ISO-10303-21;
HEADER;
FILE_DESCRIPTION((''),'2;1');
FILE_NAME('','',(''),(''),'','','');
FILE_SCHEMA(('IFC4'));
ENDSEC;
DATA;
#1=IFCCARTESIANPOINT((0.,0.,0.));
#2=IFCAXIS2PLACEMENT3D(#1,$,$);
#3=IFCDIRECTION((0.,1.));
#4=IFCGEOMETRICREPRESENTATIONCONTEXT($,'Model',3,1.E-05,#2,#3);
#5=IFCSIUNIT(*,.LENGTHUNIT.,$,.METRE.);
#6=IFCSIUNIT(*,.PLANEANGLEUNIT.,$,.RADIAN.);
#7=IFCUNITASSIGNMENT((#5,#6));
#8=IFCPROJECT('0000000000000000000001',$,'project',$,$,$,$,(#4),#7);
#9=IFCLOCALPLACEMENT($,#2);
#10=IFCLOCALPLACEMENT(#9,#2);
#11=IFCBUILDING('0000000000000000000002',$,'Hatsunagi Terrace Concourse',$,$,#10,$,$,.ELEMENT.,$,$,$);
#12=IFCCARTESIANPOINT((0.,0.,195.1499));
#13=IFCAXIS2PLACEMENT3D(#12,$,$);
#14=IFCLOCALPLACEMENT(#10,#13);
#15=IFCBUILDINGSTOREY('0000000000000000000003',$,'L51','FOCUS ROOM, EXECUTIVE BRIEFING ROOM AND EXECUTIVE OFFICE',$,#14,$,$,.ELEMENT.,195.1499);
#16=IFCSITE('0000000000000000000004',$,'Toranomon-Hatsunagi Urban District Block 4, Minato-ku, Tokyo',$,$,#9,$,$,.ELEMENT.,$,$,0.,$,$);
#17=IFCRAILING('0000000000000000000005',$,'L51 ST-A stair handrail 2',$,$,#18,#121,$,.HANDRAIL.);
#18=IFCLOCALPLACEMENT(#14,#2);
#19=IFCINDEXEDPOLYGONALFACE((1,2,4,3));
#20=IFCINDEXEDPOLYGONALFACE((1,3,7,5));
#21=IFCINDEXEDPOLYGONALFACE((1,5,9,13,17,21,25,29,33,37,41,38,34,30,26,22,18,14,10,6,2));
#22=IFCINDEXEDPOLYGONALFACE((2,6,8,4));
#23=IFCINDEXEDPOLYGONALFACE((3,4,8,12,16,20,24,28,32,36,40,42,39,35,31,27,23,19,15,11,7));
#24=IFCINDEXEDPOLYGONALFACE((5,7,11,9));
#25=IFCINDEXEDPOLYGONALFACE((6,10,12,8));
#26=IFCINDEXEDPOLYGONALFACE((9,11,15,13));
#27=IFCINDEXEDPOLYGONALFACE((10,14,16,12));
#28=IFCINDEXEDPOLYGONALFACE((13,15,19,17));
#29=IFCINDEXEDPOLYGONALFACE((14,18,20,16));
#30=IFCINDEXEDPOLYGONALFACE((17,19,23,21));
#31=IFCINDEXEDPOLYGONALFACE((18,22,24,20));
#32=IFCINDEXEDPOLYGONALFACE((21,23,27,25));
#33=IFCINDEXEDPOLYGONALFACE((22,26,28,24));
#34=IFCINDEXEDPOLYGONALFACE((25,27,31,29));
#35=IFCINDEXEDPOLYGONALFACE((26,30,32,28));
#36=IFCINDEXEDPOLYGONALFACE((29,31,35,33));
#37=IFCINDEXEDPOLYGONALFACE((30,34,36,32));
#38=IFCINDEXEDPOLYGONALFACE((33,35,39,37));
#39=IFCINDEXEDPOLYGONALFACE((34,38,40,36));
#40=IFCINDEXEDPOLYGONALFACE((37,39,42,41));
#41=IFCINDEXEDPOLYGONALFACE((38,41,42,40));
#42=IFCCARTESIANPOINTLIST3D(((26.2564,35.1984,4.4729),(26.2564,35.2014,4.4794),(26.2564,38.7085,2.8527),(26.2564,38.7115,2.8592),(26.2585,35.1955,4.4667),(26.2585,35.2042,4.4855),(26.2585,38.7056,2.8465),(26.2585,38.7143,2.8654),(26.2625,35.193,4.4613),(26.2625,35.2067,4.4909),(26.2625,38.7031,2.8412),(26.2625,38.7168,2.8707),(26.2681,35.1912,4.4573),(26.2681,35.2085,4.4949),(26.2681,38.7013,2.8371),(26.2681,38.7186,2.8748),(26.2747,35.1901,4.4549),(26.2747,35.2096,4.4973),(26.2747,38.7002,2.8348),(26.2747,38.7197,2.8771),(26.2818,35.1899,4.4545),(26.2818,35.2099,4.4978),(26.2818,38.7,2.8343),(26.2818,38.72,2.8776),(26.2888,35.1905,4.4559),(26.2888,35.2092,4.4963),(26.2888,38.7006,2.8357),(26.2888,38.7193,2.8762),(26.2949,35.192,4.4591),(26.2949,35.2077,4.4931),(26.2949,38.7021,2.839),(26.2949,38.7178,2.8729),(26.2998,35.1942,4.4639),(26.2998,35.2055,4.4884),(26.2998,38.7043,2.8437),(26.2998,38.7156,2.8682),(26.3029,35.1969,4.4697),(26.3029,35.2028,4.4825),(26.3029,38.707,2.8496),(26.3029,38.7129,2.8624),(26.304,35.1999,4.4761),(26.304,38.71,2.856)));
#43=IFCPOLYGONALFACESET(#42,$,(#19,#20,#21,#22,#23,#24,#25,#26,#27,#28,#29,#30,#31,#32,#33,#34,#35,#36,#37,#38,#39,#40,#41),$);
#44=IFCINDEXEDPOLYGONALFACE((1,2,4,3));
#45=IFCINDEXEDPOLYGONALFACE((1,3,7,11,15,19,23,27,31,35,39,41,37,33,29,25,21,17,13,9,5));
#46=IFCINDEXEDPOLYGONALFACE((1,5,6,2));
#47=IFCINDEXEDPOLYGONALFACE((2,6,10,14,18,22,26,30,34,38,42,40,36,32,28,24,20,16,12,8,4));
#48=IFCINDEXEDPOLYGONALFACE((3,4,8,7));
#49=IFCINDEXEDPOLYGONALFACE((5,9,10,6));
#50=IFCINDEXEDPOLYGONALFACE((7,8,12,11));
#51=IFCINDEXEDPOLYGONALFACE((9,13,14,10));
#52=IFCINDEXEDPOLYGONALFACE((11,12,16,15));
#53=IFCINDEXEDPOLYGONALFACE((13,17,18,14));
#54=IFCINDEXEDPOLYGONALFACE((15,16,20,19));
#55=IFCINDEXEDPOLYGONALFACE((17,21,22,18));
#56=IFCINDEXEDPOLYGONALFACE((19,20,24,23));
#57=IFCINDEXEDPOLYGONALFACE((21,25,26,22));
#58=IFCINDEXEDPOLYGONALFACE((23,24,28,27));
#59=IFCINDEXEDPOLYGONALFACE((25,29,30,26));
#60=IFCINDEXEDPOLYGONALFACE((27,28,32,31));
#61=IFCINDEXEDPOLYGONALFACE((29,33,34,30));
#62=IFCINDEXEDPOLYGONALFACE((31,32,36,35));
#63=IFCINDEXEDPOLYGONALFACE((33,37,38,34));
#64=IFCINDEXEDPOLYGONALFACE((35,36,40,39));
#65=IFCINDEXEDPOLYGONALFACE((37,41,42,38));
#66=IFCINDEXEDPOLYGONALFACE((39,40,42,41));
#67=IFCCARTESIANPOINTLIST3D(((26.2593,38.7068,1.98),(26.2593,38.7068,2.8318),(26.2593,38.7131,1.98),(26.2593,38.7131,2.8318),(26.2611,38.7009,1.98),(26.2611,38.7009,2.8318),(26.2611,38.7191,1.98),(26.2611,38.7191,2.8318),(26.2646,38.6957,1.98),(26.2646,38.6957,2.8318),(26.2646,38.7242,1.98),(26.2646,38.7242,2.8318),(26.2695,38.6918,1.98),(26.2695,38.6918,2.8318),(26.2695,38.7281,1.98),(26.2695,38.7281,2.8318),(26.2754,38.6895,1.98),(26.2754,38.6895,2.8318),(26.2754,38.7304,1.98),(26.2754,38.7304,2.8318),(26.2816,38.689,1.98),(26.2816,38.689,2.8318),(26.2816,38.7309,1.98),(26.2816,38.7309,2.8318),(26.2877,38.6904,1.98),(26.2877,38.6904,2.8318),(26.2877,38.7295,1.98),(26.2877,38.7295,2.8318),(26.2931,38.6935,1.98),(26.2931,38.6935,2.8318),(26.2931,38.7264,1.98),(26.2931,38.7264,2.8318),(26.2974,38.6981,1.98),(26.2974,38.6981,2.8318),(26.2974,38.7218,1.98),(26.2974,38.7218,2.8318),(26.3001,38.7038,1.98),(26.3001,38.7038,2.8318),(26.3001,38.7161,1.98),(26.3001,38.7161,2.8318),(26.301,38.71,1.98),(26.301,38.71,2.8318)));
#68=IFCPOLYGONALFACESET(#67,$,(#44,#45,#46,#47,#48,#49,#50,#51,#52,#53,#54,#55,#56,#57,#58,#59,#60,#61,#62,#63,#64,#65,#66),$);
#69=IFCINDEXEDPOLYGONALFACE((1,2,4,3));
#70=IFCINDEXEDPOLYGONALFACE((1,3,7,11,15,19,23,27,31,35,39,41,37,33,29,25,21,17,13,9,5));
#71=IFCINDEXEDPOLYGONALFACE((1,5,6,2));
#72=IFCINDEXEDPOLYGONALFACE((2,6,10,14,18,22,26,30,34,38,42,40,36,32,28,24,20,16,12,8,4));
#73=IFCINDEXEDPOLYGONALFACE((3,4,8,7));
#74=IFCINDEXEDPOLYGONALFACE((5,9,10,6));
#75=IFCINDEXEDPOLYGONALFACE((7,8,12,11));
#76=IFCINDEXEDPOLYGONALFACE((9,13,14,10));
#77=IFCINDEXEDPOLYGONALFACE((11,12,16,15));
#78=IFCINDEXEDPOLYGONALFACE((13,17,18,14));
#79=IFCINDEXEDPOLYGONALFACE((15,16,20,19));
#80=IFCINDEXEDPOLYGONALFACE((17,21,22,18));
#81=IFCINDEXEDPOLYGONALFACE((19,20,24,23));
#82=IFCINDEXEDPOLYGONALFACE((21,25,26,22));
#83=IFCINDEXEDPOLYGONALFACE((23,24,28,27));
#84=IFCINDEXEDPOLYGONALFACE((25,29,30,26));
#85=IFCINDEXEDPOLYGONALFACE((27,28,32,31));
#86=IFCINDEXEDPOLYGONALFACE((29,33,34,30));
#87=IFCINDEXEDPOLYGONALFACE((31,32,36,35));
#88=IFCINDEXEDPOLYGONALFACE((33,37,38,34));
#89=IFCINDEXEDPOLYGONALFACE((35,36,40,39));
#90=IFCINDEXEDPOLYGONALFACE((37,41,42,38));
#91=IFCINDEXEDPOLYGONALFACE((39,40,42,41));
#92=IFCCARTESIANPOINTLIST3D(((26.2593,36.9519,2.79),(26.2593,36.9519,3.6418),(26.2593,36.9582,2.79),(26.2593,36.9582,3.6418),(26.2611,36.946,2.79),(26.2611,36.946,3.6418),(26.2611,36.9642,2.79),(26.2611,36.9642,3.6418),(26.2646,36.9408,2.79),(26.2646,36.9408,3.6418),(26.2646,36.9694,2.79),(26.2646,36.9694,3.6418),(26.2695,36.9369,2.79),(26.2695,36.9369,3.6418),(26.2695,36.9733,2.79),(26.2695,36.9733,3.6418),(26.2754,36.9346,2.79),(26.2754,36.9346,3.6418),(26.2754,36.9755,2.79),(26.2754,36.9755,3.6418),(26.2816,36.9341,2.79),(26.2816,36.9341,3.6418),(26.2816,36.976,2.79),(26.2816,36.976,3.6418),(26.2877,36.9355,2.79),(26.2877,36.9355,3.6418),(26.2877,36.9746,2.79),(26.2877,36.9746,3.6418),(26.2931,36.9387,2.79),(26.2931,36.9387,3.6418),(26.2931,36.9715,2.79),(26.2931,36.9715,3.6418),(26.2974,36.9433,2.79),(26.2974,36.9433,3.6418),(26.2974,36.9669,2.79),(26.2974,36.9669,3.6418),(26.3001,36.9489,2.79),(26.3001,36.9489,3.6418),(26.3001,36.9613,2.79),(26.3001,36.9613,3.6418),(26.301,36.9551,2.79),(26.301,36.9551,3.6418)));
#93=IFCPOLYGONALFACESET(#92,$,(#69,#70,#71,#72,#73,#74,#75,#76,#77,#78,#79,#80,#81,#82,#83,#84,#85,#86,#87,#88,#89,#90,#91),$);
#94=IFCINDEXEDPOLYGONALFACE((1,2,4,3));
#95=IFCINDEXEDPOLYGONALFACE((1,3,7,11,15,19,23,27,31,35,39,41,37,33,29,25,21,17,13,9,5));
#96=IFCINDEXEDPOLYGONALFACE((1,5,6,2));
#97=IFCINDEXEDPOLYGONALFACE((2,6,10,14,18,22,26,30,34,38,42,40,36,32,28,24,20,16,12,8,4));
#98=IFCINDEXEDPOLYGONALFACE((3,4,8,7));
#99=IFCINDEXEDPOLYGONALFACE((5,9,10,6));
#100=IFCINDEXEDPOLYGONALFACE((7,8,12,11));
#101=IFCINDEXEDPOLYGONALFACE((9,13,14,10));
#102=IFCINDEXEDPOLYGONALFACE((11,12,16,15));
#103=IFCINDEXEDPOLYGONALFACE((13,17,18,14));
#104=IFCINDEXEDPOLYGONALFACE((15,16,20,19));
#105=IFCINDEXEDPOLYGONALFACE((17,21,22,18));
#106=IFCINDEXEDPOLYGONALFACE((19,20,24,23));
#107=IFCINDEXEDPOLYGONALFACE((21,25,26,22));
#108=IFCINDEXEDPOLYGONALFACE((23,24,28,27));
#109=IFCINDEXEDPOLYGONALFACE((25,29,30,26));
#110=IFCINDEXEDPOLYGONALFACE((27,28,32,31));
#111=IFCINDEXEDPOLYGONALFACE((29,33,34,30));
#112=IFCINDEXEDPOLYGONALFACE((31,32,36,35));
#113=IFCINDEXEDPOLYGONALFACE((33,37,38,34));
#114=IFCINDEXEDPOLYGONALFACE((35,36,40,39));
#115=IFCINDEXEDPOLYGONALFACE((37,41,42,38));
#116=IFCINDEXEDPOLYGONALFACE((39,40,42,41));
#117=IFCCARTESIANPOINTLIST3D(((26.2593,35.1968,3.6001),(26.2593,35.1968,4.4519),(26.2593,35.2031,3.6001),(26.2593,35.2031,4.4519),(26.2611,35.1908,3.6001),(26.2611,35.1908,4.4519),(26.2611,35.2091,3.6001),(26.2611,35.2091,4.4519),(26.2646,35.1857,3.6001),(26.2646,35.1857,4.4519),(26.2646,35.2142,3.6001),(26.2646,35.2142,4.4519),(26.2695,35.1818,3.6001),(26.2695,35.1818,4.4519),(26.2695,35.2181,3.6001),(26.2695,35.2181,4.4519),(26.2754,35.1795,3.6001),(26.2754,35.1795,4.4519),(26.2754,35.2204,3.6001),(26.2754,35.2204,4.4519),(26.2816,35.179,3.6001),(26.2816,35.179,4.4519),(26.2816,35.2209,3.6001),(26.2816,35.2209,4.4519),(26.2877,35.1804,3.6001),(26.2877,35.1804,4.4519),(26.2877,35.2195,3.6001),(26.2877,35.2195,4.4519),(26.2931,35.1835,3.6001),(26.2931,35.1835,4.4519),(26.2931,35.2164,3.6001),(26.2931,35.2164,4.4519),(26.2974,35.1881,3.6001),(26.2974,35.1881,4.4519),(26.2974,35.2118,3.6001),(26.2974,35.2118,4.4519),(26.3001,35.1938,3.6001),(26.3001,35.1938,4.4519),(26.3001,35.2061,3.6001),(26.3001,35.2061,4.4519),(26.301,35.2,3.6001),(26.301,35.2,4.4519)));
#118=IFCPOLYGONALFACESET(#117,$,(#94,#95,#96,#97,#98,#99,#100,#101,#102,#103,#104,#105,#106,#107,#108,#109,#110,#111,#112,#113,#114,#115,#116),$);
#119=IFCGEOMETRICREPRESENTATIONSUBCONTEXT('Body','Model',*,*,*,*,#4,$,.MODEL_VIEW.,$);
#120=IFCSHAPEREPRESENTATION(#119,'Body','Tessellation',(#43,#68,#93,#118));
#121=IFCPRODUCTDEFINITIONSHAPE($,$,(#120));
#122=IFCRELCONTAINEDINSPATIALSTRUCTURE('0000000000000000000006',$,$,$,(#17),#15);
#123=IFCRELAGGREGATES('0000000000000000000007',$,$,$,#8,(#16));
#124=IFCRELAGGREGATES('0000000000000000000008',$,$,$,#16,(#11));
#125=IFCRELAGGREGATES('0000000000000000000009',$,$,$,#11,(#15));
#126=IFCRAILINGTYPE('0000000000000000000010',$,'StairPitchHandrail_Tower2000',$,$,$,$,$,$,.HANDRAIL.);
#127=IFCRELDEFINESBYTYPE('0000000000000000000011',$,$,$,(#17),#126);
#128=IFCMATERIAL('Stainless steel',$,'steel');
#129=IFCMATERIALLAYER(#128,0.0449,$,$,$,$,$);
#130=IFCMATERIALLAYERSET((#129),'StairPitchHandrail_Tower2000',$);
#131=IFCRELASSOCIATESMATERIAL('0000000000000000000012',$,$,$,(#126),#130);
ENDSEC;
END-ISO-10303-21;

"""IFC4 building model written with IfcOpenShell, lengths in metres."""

from ifc_helpers import new_model, si_unit, direction, frame, origin, origin_2d, place, context, subcontext, project, spatial, circle, extrude, material, layer, layer_set, type_object, element, save


model = new_model("IFC4")

# Units and contexts
model_context = context("Model", 3, precision=1e-05, world=origin(), true_north=direction((0.0, 1.0)))
body_context = subcontext(model_context, "Body", "Model", "MODEL_VIEW")
ifc_project = project(units=[si_unit("LENGTHUNIT", "METRE"), si_unit("PLANEANGLEUNIT", "RADIAN")], contexts=[model_context])

# Site, building, storey
site_placement = place(None, origin())
site = spatial("IfcSite", under=ifc_project, at=site_placement, Name="Toranomon-Hatsunagi Urban District Block 4, Minato-ku, Tokyo", CompositionType="ELEMENT", RefElevation=0.0)
building_placement = place(site_placement, origin())
building = spatial("IfcBuilding", under=site, at=building_placement, Name="Hatsunagi Terrace Concourse", CompositionType="ELEMENT")
storey_placement = place(building_placement, frame((0.0, 0.0, 195.1499)))
storey = spatial("IfcBuildingStorey", under=building, at=storey_placement, Name="L51", Description="FOCUS ROOM, EXECUTIVE BRIEFING ROOM AND EXECUTIVE OFFICE", CompositionType="ELEMENT", Elevation=195.1499)

# Railing
ifc_material_1 = material(Name="Stainless steel", Category="steel")
ifc_layer_1 = layer(ifc_material_1, 0.0449)
ifc_layer_set_1 = layer_set([ifc_layer_1], Name="StairPitchHandrail_Tower2000")
railing_type_1 = type_object("IfcRailingType", Name="StairPitchHandrail_Tower2000", PredefinedType="HANDRAIL", material=ifc_layer_set_1)
railing_1_placement = place(storey_placement, frame((26.28, 38.71, 1.98)))
element("IfcRailing", 1, at=railing_1_placement, inside=storey, type_object=railing_type_1, Name="L51 ST-A stair handrail 2", PredefinedType="HANDRAIL", context=body_context, shape_type="SweptSolid", body=[
    extrude(circle(Radius=0.0239, at=origin_2d()), frame((0.0, 0.0, 0.876), z_axis=(0.0, -0.907948, 0.419082), x_axis=(1.0, 0.0, 0.0)), (0.0, 0.0, 1.0), 3.866),
    extrude(circle(Radius=0.021, at=origin_2d()), origin(), (0.0, 0.0, 1.0), 0.8518),
    extrude(circle(Radius=0.021, at=origin_2d()), frame((0.0, -1.7549, 0.8101)), (0.0, 0.0, 1.0), 0.8518),
    extrude(circle(Radius=0.021, at=origin_2d()), frame((0.0, -3.51, 1.6201)), (0.0, 0.0, 1.0), 0.8518),
])

save(model, "model.ifc")
